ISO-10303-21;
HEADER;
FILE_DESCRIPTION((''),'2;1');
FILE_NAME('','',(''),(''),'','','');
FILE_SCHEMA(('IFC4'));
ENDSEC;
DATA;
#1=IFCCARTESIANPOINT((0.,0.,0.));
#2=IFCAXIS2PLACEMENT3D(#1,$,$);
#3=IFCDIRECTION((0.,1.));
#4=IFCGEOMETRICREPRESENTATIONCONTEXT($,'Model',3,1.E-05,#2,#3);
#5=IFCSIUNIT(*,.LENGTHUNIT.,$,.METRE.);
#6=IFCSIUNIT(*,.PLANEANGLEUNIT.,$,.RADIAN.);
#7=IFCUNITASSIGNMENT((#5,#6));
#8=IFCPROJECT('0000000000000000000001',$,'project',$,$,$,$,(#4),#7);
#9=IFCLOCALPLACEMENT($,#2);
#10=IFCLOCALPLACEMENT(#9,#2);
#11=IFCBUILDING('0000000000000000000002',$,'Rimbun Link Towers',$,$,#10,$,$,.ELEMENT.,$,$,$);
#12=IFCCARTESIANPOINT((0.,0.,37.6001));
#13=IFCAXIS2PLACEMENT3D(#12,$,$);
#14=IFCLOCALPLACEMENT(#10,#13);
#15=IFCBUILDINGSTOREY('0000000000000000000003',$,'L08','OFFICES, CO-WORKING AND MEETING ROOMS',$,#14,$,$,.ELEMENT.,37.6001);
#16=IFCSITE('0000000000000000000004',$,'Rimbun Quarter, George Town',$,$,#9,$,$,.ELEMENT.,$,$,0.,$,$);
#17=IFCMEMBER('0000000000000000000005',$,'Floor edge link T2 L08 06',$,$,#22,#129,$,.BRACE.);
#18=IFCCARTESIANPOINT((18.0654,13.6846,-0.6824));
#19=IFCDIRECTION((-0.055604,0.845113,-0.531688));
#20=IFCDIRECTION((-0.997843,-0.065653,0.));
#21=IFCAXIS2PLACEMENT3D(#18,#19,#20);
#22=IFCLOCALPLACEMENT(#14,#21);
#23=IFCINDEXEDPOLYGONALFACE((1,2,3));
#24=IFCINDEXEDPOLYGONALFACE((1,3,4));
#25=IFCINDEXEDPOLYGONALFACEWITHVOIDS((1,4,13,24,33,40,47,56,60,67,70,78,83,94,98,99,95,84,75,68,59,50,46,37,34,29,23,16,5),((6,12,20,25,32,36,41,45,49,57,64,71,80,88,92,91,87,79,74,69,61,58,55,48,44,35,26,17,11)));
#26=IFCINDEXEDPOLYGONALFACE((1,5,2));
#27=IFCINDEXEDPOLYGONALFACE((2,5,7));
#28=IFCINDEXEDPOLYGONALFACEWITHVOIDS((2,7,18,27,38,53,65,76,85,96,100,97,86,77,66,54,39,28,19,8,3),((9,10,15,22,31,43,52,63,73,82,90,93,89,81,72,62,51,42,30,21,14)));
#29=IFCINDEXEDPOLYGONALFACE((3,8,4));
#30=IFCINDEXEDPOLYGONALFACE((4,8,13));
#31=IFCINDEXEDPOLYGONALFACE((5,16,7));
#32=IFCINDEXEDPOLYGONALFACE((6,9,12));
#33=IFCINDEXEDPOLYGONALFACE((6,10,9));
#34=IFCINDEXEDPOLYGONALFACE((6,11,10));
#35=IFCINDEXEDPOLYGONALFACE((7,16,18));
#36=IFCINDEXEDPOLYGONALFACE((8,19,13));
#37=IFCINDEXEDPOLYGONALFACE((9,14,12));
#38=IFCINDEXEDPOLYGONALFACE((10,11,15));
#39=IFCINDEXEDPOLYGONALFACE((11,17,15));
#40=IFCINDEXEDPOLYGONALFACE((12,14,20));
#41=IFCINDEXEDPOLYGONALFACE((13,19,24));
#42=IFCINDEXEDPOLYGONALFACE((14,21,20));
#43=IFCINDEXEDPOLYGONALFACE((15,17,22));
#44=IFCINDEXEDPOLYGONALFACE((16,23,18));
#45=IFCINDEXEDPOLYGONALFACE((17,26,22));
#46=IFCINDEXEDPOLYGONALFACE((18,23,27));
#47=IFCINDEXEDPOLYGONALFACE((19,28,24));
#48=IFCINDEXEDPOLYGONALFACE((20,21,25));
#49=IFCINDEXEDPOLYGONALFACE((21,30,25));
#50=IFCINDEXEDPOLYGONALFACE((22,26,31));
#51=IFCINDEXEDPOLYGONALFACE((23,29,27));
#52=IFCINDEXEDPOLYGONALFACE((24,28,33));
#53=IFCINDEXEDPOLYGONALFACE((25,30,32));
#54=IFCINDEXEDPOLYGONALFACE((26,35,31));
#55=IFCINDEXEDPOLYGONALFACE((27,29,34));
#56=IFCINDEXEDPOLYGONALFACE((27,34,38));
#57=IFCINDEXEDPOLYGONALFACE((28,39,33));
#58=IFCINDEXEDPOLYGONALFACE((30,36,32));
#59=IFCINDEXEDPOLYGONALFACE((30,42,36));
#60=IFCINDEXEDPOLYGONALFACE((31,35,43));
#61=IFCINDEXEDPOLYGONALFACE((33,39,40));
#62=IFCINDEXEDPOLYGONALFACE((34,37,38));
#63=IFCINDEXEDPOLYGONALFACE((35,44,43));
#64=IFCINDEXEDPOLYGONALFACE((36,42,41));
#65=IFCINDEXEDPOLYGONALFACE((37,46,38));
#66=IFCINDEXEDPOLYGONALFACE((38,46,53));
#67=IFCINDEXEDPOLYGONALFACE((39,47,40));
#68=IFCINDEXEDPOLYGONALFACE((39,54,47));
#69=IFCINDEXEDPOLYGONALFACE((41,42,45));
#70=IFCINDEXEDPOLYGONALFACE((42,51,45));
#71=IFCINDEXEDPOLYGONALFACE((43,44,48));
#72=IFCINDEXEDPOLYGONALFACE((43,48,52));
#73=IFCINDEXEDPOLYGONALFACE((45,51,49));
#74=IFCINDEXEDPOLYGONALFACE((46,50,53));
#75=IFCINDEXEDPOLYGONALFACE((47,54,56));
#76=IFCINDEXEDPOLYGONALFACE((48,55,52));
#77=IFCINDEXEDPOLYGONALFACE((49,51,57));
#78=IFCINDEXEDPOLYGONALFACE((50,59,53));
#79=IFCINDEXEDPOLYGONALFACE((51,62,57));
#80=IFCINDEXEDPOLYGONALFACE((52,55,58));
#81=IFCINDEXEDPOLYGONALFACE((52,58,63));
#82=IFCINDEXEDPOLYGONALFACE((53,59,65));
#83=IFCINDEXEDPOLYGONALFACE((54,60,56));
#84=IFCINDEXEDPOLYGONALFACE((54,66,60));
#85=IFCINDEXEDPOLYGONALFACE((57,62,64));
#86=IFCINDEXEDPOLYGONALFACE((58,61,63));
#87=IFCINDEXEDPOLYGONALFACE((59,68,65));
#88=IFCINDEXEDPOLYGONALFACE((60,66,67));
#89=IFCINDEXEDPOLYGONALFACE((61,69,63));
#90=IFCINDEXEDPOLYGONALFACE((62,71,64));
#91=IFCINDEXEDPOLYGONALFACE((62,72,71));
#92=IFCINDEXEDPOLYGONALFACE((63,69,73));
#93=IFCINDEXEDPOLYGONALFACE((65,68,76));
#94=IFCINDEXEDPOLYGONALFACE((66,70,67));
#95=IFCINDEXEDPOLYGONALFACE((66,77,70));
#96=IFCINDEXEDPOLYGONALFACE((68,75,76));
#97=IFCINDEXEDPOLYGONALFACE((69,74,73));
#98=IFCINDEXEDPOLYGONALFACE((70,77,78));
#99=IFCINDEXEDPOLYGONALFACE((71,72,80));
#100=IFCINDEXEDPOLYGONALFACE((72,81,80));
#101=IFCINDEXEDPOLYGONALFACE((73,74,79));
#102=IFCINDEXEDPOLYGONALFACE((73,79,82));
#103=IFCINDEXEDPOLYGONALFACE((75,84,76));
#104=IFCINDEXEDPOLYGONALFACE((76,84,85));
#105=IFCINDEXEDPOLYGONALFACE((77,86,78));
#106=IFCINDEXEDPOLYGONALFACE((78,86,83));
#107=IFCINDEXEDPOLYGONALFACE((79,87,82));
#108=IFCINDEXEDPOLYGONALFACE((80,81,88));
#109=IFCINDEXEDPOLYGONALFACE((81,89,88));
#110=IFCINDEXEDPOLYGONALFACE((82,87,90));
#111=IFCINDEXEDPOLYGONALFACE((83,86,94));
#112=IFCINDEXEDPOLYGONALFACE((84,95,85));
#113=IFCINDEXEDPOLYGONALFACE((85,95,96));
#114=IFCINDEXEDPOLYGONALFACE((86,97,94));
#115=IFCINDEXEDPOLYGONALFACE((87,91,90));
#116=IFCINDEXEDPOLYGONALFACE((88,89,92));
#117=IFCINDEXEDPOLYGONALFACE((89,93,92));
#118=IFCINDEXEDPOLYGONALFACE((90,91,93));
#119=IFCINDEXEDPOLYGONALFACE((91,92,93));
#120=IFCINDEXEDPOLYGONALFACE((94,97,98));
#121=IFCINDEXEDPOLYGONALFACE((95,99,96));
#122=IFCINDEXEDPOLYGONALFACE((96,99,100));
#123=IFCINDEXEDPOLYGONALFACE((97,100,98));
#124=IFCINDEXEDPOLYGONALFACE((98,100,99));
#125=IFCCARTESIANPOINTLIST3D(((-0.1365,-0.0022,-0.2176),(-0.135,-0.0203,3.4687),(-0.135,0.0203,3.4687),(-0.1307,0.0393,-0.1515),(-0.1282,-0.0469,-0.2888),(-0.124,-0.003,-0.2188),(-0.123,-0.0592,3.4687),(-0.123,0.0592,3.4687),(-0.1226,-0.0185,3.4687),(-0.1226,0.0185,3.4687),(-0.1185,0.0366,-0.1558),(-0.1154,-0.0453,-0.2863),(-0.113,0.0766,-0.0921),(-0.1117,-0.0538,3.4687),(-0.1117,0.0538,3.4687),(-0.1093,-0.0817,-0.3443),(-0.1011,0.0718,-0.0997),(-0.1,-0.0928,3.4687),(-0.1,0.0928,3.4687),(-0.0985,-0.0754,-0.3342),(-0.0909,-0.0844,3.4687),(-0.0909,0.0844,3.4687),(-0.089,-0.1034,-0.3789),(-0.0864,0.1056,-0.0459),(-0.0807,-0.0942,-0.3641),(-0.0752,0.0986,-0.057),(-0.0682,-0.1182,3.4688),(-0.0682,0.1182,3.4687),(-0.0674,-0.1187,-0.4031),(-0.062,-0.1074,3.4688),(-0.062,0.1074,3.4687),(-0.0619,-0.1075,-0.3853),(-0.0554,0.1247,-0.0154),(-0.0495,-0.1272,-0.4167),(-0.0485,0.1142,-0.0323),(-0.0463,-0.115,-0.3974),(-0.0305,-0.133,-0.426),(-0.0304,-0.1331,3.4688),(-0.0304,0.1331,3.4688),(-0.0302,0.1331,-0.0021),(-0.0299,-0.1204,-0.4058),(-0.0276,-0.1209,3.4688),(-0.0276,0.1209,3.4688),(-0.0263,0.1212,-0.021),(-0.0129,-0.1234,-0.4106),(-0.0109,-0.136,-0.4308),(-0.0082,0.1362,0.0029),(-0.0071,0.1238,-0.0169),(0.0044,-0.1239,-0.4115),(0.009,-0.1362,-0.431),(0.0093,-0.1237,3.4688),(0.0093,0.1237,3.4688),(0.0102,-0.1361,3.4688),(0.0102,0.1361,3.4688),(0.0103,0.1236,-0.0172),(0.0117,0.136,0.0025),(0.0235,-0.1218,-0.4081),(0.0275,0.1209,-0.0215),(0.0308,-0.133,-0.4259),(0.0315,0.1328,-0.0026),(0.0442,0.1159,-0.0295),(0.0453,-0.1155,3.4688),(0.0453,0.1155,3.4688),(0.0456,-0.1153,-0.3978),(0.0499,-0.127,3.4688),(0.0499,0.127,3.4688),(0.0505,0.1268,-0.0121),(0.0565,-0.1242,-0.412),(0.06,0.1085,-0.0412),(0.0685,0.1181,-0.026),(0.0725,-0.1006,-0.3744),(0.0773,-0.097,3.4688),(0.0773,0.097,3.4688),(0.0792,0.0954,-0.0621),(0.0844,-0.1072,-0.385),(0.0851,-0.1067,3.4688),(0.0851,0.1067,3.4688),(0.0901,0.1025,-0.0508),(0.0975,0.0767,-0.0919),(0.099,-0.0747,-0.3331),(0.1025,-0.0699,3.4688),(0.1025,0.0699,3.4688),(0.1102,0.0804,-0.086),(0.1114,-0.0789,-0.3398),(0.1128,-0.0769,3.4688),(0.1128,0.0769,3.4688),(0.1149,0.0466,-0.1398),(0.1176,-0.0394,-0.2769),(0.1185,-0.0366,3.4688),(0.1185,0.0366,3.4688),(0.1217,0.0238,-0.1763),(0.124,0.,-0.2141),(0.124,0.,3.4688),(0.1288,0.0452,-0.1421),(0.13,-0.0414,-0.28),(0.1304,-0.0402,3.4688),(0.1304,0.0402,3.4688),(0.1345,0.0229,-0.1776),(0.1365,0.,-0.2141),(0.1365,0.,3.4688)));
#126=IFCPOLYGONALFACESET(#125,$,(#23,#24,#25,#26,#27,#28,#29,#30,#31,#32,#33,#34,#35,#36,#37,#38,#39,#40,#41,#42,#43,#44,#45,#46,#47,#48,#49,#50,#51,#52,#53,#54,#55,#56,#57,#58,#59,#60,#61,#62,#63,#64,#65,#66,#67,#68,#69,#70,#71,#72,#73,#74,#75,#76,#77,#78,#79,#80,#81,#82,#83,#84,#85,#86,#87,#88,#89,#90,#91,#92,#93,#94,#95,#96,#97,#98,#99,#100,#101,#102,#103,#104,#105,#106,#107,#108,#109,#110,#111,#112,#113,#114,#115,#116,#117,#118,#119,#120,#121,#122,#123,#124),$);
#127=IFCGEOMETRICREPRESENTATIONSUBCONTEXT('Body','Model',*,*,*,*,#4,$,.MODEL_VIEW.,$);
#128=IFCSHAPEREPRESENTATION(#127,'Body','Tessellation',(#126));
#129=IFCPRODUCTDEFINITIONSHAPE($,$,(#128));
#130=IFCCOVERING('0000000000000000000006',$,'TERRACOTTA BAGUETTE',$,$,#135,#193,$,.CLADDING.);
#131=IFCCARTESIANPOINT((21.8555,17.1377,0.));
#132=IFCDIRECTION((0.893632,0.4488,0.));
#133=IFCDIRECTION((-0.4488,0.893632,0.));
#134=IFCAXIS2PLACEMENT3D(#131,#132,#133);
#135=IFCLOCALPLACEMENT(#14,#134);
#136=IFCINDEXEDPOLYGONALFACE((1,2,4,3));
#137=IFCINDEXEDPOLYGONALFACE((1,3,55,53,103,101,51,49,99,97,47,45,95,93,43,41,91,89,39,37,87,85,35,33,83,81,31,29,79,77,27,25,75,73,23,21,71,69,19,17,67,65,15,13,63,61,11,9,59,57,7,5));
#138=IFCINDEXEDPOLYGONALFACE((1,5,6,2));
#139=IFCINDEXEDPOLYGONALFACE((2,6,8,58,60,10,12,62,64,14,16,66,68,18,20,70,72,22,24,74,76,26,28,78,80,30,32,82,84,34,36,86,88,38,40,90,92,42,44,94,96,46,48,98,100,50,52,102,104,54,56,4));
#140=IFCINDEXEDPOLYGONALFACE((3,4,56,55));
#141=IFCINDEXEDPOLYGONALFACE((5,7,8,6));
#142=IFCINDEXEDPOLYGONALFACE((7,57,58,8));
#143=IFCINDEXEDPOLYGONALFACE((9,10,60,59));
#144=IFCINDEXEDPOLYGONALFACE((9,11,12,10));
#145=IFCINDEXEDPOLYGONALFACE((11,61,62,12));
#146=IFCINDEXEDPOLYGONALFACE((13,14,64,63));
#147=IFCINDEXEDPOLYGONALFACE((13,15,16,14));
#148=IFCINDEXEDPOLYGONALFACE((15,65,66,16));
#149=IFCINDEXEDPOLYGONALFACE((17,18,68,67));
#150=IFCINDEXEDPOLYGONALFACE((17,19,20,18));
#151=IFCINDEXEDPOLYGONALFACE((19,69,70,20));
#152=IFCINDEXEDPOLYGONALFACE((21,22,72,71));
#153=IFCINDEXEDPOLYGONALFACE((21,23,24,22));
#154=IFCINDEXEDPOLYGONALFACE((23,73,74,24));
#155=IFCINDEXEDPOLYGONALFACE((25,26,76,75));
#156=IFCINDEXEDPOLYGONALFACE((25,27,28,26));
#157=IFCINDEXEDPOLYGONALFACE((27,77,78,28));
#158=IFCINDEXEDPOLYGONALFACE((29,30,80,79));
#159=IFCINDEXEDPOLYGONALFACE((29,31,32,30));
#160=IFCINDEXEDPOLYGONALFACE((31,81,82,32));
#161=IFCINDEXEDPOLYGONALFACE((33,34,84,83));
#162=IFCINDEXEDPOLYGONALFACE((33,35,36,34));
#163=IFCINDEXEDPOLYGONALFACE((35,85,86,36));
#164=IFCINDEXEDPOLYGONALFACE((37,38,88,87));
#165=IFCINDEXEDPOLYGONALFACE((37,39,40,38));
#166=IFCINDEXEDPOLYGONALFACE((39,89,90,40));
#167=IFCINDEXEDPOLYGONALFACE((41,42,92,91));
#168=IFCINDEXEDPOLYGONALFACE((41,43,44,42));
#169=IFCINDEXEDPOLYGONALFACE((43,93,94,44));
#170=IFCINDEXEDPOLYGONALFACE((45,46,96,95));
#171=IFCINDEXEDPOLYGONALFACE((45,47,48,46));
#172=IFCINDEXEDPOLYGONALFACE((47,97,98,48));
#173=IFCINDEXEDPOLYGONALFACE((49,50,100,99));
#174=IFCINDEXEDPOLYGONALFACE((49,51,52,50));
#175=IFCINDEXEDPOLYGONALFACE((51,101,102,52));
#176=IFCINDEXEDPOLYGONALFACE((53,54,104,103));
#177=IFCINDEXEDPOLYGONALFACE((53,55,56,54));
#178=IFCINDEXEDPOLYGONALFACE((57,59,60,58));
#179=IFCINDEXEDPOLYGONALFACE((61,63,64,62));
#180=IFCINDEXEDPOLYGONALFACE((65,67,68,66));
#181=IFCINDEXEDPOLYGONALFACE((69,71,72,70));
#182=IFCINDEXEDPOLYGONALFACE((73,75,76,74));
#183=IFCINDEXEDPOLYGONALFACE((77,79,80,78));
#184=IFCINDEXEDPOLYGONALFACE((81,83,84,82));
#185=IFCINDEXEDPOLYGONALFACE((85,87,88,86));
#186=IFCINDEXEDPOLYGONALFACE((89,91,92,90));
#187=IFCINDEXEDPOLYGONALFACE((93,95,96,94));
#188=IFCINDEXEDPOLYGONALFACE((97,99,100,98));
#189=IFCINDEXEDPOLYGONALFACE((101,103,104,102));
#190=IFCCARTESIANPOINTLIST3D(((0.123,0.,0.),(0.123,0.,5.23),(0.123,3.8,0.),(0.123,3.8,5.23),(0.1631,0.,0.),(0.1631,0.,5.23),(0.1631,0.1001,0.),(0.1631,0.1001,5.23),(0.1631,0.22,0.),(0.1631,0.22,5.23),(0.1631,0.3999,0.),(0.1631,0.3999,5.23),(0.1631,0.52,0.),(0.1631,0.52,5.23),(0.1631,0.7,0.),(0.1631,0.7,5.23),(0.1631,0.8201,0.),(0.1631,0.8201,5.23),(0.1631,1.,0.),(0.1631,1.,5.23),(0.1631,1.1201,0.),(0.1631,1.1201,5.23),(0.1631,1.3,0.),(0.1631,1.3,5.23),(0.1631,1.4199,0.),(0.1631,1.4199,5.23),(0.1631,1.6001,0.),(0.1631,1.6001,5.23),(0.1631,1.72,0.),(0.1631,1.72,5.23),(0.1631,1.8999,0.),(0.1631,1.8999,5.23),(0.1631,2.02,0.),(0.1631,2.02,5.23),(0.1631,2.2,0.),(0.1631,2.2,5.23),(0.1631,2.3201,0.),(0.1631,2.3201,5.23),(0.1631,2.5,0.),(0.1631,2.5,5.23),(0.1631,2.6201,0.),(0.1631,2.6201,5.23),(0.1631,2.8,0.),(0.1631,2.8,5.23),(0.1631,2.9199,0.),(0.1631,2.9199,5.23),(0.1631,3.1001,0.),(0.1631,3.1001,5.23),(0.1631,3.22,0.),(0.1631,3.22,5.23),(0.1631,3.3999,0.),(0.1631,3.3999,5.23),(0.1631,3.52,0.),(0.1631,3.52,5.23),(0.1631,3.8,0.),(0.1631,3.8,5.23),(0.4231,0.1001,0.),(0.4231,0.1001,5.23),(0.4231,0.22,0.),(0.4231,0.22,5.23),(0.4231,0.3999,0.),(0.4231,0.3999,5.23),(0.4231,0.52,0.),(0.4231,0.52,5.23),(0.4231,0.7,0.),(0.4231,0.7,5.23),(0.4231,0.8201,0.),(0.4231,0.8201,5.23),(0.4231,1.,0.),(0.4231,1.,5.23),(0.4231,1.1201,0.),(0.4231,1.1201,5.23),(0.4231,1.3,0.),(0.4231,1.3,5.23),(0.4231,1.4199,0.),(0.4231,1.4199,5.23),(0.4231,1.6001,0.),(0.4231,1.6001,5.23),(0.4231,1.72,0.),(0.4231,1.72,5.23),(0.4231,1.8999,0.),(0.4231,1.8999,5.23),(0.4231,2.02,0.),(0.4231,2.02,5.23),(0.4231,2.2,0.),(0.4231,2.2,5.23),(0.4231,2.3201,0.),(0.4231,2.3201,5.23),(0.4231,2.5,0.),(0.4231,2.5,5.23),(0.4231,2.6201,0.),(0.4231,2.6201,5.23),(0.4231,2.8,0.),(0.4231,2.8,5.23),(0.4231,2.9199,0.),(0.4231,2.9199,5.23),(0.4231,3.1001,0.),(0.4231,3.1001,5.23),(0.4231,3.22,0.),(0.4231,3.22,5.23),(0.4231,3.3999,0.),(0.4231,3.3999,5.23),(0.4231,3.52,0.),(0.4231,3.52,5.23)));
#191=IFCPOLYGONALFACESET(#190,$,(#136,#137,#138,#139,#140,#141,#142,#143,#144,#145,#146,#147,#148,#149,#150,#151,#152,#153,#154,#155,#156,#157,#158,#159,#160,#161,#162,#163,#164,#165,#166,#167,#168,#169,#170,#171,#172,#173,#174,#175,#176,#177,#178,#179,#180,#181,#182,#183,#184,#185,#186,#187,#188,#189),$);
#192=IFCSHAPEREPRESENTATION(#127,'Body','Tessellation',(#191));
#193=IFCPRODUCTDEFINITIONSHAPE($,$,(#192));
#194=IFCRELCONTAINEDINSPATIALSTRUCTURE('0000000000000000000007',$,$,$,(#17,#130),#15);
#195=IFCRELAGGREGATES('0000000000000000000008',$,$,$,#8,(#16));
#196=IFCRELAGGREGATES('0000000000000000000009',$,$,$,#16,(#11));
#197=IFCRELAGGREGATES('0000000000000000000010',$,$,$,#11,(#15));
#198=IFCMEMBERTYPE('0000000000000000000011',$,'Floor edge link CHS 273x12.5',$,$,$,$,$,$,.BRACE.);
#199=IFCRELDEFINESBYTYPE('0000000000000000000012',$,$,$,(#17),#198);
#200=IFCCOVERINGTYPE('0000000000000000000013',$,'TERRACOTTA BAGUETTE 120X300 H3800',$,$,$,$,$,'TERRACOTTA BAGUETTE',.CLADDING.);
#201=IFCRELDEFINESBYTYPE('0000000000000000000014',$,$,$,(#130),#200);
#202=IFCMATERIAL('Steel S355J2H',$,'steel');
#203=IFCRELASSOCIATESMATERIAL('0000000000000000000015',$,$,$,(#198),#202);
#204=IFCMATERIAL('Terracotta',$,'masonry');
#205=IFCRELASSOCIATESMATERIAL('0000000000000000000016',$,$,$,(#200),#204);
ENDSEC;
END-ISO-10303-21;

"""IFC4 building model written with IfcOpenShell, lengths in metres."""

from ifc_helpers import new_model, si_unit, direction, frame, origin, origin_2d, place, context, subcontext, project, spatial, polyline, hollow_circle, outline, extrude, clip, halfspace, material, material_profile, profile_set, type_object, element, save


model = new_model("IFC4")

# Units and contexts
model_context = context("Model", 3, precision=1e-05, world=origin(), true_north=direction((0.0, 1.0)))
body_context = subcontext(model_context, "Body", "Model", "MODEL_VIEW")
ifc_project = project(units=[si_unit("LENGTHUNIT", "METRE"), si_unit("PLANEANGLEUNIT", "RADIAN")], contexts=[model_context])

# Site, building, storey
site_placement = place(None, origin())
site = spatial("IfcSite", under=ifc_project, at=site_placement, Name="Rimbun Quarter, George Town", CompositionType="ELEMENT", RefElevation=0.0)
building_placement = place(site_placement, origin())
building = spatial("IfcBuilding", under=site, at=building_placement, Name="Rimbun Link Towers", CompositionType="ELEMENT")
storey_placement = place(building_placement, frame((0.0, 0.0, 37.6001)))
storey = spatial("IfcBuildingStorey", under=building, at=storey_placement, Name="L08", Description="OFFICES, CO-WORKING AND MEETING ROOMS", CompositionType="ELEMENT", Elevation=37.6001)

# Member
ifc_material_1 = material(Name="Steel S355J2H", Category="steel")
ifc_material_profile_1 = material_profile(ifc_material_1, hollow_circle(Radius=0.1365, WallThickness=0.0125, at=origin_2d()), Name="CHS 273x12.5")
ifc_profile_set_1 = profile_set([ifc_material_profile_1], Name="Steel S355J2H")
member_type_1 = type_object("IfcMemberType", Name="Floor edge link CHS 273x12.5", PredefinedType="BRACE", material=ifc_profile_set_1)
member_1_placement = place(storey_placement, frame((18.0654, 13.6846, -0.6824), z_axis=(-0.055604, 0.845113, -0.531688), x_axis=(-0.997843, -0.065653, 0.0)))
element("IfcMember", 1, at=member_1_placement, inside=storey, type_object=member_type_1, Name="Floor edge link T2 L08 06", PredefinedType="BRACE", context=body_context, shape_type="Clipping", body=[
    clip(extrude(hollow_circle(Radius=0.1365, WallThickness=0.0125, at=origin_2d()), frame((0.0, 0.0, -0.4536)), (0.0, 0.0, 1.0), 3.9224), halfspace(frame((0.0, 0.0, -0.2141), z_axis=(0.0, 0.84694, -0.531688)), False)),
])

# Covering
ifc_material_2 = material(Name="Terracotta", Category="masonry")
ifc_material_profile_2 = material_profile(ifc_material_2, outline(polyline([(0.123, 0.0), (0.1631, 0.0), (0.1631, 0.1001), (0.4231, 0.1001), (0.4231, 0.22), (0.1631, 0.22), (0.1631, 0.3999), (0.4231, 0.3999), (0.4231, 0.52), (0.1631, 0.52), (0.1631, 0.7), (0.4231, 0.7), (0.4231, 0.8201), (0.1631, 0.8201), (0.1631, 1.0), (0.4231, 1.0), (0.4231, 1.1201), (0.1631, 1.1201), (0.1631, 1.3), (0.4231, 1.3), (0.4231, 1.4199), (0.1631, 1.4199), (0.1631, 1.6001), (0.4231, 1.6001), (0.4231, 1.72), (0.1631, 1.72), (0.1631, 1.8999), (0.4231, 1.8999), (0.4231, 2.02), (0.1631, 2.02), (0.1631, 2.2), (0.4231, 2.2), (0.4231, 2.3201), (0.1631, 2.3201), (0.1631, 2.5), (0.4231, 2.5), (0.4231, 2.6201), (0.1631, 2.6201), (0.1631, 2.8), (0.4231, 2.8), (0.4231, 2.9199), (0.1631, 2.9199), (0.1631, 3.1001), (0.4231, 3.1001), (0.4231, 3.22), (0.1631, 3.22), (0.1631, 3.3999), (0.4231, 3.3999), (0.4231, 3.52), (0.1631, 3.52), (0.1631, 3.8), (0.123, 3.8), (0.123, 0.0)])), Name="BAGUETTE 120X300")
ifc_profile_set_2 = profile_set([ifc_material_profile_2], Name="Terracotta")
covering_type = type_object("IfcCoveringType", Name="TERRACOTTA BAGUETTE 120X300 H3800", ElementType="TERRACOTTA BAGUETTE", PredefinedType="CLADDING", material=ifc_profile_set_2)
covering_placement = place(storey_placement, frame((21.8555, 17.1377, 0.0), z_axis=(0.893632, 0.4488, 0.0), x_axis=(-0.4488, 0.893632, 0.0)))
element("IfcCovering", 2, at=covering_placement, inside=storey, type_object=covering_type, Name="TERRACOTTA BAGUETTE", PredefinedType="CLADDING", context=body_context, shape_type="SweptSolid", body=[
    extrude(outline(polyline([(0.123, 0.0), (0.1631, 0.0), (0.1631, 0.1001), (0.4231, 0.1001), (0.4231, 0.22), (0.1631, 0.22), (0.1631, 0.3999), (0.4231, 0.3999), (0.4231, 0.52), (0.1631, 0.52), (0.1631, 0.7), (0.4231, 0.7), (0.4231, 0.8201), (0.1631, 0.8201), (0.1631, 1.0), (0.4231, 1.0), (0.4231, 1.1201), (0.1631, 1.1201), (0.1631, 1.3), (0.4231, 1.3), (0.4231, 1.4199), (0.1631, 1.4199), (0.1631, 1.6001), (0.4231, 1.6001), (0.4231, 1.72), (0.1631, 1.72), (0.1631, 1.8999), (0.4231, 1.8999), (0.4231, 2.02), (0.1631, 2.02), (0.1631, 2.2), (0.4231, 2.2), (0.4231, 2.3201), (0.1631, 2.3201), (0.1631, 2.5), (0.4231, 2.5), (0.4231, 2.6201), (0.1631, 2.6201), (0.1631, 2.8), (0.4231, 2.8), (0.4231, 2.9199), (0.1631, 2.9199), (0.1631, 3.1001), (0.4231, 3.1001), (0.4231, 3.22), (0.1631, 3.22), (0.1631, 3.3999), (0.4231, 3.3999), (0.4231, 3.52), (0.1631, 3.52), (0.1631, 3.8), (0.123, 3.8), (0.123, 0.0)])), origin(), (0.0, 0.0, 1.0), 5.23),
])

save(model, "model.ifc")
